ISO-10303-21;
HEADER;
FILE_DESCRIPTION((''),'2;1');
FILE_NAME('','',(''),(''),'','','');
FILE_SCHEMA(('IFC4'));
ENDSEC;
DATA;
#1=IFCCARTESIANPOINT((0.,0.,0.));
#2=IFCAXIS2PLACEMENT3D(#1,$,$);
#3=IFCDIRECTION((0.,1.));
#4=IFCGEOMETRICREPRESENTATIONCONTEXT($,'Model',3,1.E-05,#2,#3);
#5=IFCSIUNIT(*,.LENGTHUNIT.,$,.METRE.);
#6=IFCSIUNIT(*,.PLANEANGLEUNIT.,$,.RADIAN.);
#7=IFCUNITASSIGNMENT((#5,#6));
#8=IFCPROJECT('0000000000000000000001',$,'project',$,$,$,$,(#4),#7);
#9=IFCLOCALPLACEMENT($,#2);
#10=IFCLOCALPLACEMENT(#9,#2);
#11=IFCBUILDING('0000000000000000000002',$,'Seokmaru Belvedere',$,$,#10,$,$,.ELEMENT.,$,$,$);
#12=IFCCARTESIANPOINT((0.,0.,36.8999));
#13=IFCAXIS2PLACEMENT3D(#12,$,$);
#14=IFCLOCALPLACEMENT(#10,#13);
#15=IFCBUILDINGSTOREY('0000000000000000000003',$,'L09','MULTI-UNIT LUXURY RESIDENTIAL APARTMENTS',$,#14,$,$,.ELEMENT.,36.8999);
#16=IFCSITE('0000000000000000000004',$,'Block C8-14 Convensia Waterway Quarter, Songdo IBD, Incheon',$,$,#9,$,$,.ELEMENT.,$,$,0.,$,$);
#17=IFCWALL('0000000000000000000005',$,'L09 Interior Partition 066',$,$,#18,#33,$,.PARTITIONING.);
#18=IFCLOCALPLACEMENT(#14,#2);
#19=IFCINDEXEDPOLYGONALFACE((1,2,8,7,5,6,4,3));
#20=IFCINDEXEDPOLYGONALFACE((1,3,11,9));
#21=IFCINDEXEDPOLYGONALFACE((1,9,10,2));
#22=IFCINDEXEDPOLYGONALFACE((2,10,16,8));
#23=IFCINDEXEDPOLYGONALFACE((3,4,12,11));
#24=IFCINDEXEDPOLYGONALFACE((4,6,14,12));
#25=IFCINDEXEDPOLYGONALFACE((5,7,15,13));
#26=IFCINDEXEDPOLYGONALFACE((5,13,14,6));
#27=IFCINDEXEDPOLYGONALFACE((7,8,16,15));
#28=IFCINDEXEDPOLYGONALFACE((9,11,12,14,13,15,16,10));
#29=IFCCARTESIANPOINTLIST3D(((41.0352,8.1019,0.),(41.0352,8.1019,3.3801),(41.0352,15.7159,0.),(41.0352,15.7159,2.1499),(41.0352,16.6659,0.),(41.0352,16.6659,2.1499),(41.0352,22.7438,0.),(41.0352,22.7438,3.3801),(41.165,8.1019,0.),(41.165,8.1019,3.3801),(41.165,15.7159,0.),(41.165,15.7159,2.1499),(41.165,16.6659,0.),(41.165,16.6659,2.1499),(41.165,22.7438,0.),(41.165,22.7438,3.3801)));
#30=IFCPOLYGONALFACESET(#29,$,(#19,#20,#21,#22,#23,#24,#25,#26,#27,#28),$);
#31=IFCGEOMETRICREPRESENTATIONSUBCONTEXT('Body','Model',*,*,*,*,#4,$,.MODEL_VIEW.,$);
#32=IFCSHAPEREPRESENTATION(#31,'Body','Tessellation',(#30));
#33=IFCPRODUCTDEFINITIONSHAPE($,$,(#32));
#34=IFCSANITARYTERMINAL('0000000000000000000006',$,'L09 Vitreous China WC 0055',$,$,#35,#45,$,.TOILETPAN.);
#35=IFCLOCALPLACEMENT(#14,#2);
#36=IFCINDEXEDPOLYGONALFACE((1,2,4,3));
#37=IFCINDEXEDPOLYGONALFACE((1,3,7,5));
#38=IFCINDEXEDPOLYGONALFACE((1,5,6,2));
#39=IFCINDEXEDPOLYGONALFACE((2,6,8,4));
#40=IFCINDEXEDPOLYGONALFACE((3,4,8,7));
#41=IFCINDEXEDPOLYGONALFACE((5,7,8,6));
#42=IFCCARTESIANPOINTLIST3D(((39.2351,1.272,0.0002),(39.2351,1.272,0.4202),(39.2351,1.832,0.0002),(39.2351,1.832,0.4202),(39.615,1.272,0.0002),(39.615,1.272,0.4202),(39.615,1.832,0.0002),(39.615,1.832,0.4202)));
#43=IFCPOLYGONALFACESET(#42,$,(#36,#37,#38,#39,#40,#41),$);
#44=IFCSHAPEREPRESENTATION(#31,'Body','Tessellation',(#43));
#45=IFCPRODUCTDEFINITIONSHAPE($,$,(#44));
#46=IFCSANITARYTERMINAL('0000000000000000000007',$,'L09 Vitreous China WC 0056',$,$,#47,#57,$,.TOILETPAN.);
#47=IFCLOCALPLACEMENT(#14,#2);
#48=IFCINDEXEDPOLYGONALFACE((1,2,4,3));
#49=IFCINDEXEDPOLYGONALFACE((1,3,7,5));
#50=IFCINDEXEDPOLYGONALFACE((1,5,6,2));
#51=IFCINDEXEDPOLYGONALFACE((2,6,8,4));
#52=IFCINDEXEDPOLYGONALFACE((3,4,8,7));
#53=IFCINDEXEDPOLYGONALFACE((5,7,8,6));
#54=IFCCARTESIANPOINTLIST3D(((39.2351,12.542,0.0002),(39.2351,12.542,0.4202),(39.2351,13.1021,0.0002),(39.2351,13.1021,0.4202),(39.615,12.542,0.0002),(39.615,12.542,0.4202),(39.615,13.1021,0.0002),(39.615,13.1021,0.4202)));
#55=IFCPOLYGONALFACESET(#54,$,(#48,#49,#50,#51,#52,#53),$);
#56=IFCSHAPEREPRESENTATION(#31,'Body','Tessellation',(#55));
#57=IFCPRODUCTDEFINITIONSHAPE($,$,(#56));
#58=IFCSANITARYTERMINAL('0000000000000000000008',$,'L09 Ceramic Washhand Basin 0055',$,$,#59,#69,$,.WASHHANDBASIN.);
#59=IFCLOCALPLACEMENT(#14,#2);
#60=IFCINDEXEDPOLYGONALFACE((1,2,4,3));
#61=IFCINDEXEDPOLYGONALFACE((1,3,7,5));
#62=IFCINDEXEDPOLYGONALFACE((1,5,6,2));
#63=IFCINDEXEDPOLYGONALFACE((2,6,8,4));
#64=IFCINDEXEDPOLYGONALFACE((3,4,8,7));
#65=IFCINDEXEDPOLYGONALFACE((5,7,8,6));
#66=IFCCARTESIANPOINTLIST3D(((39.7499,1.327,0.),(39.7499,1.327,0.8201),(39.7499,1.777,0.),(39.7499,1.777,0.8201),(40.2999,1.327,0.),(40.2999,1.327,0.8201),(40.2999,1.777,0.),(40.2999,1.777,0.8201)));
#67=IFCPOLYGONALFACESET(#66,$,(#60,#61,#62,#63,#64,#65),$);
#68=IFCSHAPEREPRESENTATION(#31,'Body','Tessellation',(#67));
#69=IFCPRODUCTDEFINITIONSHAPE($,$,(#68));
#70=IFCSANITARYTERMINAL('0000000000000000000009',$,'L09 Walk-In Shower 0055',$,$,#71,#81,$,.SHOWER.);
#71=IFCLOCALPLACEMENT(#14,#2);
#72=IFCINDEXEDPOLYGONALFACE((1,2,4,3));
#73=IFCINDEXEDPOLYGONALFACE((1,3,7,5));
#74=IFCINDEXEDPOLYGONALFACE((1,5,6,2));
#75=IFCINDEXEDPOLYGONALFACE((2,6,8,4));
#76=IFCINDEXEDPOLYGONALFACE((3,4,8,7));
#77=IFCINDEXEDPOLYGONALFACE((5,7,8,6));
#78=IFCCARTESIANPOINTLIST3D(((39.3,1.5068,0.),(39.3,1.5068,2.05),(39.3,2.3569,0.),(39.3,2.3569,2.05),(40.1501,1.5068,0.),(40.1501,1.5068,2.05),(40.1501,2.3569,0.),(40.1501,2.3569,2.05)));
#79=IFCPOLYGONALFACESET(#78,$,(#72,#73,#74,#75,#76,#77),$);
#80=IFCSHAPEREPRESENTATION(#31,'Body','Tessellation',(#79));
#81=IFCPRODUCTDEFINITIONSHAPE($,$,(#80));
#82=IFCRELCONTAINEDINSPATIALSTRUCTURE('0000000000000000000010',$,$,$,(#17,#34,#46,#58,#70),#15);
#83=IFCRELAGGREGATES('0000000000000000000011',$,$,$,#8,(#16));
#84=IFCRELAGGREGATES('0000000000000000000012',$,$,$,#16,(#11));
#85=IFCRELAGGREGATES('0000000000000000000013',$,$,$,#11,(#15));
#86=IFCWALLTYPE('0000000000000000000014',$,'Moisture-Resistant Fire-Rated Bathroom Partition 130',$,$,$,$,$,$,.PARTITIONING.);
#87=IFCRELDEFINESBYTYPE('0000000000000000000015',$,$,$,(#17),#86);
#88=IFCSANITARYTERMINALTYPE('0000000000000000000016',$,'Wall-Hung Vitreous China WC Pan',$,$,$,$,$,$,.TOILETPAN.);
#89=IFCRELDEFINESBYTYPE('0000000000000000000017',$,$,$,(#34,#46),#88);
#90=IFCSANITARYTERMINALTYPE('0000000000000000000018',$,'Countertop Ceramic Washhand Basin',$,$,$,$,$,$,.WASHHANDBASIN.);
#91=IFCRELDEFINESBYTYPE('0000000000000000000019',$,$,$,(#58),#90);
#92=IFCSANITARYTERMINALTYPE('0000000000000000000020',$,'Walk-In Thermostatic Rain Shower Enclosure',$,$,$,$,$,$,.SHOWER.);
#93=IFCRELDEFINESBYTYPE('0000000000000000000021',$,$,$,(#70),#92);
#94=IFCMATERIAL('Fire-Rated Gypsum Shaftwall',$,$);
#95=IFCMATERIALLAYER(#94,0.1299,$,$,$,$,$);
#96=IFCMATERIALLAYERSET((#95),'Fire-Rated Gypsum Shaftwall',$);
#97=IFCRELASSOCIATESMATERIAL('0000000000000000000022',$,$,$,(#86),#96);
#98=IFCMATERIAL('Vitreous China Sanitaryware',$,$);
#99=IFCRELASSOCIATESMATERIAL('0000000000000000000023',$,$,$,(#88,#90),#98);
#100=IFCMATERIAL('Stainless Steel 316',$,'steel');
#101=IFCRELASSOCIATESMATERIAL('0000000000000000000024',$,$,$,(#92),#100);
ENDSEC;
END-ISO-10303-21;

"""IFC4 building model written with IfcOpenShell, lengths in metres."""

from ifc_helpers import new_model, si_unit, direction, frame, frame_2d, origin, origin_2d, place, context, subcontext, project, spatial, rectangle, extrude, source, transform, mapped, material, layer, layer_set, type_object, type_shapes, element, save


model = new_model("IFC4")

# Units and contexts
model_context = context("Model", 3, precision=1e-05, world=origin(), true_north=direction((0.0, 1.0)))
body_context = subcontext(model_context, "Body", "Model", "MODEL_VIEW")
ifc_project = project(units=[si_unit("LENGTHUNIT", "METRE"), si_unit("PLANEANGLEUNIT", "RADIAN")], contexts=[model_context])

# Site, building, storey
site_placement = place(None, origin())
site = spatial("IfcSite", under=ifc_project, at=site_placement, Name="Block C8-14 Convensia Waterway Quarter, Songdo IBD, Incheon", CompositionType="ELEMENT", RefElevation=0.0)
building_placement = place(site_placement, origin())
building = spatial("IfcBuilding", under=site, at=building_placement, Name="Seokmaru Belvedere", CompositionType="ELEMENT")
storey_placement = place(building_placement, frame((0.0, 0.0, 36.8999)))
storey = spatial("IfcBuildingStorey", under=building, at=storey_placement, Name="L09", Description="MULTI-UNIT LUXURY RESIDENTIAL APARTMENTS", CompositionType="ELEMENT", Elevation=36.8999)

# Shared definitions
ifc_material_1 = material(Name="Fire-Rated Gypsum Shaftwall")

# Shared definitions
ifc_layer_1 = layer(ifc_material_1, 0.1299)
ifc_layer_set_1 = layer_set([ifc_layer_1], Name="Fire-Rated Gypsum Shaftwall")
wall_type_1 = type_object("IfcWallType", Name="Moisture-Resistant Fire-Rated Bathroom Partition 130", PredefinedType="PARTITIONING", material=ifc_layer_set_1)

# Wall, opening
wall_1_placement = place(storey_placement, frame((41.1001, 8.1021, 0.0), z_axis=(0.0, 0.0, 1.0), x_axis=(0.0, 1.0, 0.0)))
wall_1 = element("IfcWall", 1, at=wall_1_placement, inside=storey, type_object=wall_type_1, Name="L09 Interior Partition 066", PredefinedType="PARTITIONING", context=body_context, shape_type="SweptSolid", body=[
    extrude(rectangle(XDim=14.6418, YDim=0.1299, at=frame_2d((7.3208, 0.0))), origin(), (0.0, 0.0, 1.0), 3.3801),
])
opening_1_placement = place(wall_1_placement, frame((7.6138, 0.0, 0.0)))
element("IfcOpeningElement", 2, at=opening_1_placement, cuts=wall_1, PredefinedType="OPENING", context=body_context, shape_type="SweptSolid", body=[
    extrude(rectangle(XDim=0.95, YDim=2.1499, at=frame_2d((0.4751, 1.075))), frame((0.0, 0.075, 0.0), z_axis=(0.0, -1.0, 0.0), x_axis=(1.0, 0.0, 0.0)), (0.0, 0.0, 1.0), 0.1499),
])

# Sanitary terminals
ifc_material_2 = material(Name="Vitreous China Sanitaryware")
sanitary_terminal_type_1 = type_object("IfcSanitaryTerminalType", Name="Wall-Hung Vitreous China WC Pan", PredefinedType="TOILETPAN", material=ifc_material_2)
shared_shape_1 = source(origin(), body_context, "Body", "SweptSolid", [
    extrude(rectangle(XDim=0.3799, YDim=0.5601, at=origin_2d()), origin(), (0.0, 0.0, 1.0), 0.4199),
])
type_shapes(sanitary_terminal_type_1, [shared_shape_1])
for number, where, z_axis, x_axis, name in (
    (3, (39.425, 1.552, 0.0002), (0.0, 0.0, 1.0), (1.0, 0.0, 0.0), "L09 Vitreous China WC 0055"),
    (4, (39.425, 12.822, 0.0002), (0.0, 0.0, 1.0), (1.0, 0.0, 0.0), "L09 Vitreous China WC 0056"),
):
    element("IfcSanitaryTerminal", number, at=place(storey_placement, frame(where, z_axis=z_axis, x_axis=x_axis)), inside=storey, type_object=sanitary_terminal_type_1, Name=name, PredefinedType="TOILETPAN", context=body_context, shape_type="MappedRepresentation", body=[
        mapped(shared_shape_1, transform((0.0, 0.0, 0.0), scale=1.0)),
    ])
sanitary_terminal_type_2 = type_object("IfcSanitaryTerminalType", Name="Countertop Ceramic Washhand Basin", PredefinedType="WASHHANDBASIN", material=ifc_material_2)
shared_shape_2 = source(origin(), body_context, "Body", "SweptSolid", [
    extrude(rectangle(XDim=0.55, YDim=0.45, at=origin_2d()), origin(), (0.0, 0.0, 1.0), 0.8201),
])
type_shapes(sanitary_terminal_type_2, [shared_shape_2])
sanitary_terminal_1_placement = place(storey_placement, frame((40.0249, 1.552, 0.0), z_axis=(0.0, 0.0, 1.0), x_axis=(1.0, 0.0, 0.0)))
element("IfcSanitaryTerminal", 5, at=sanitary_terminal_1_placement, inside=storey, type_object=sanitary_terminal_type_2, Name="L09 Ceramic Washhand Basin 0055", PredefinedType="WASHHANDBASIN", context=body_context, shape_type="MappedRepresentation", body=[
    mapped(shared_shape_2, transform((0.0, 0.0, 0.0), scale=1.0)),
])
ifc_material_3 = material(Name="Stainless Steel 316", Category="steel")
sanitary_terminal_type_3 = type_object("IfcSanitaryTerminalType", Name="Walk-In Thermostatic Rain Shower Enclosure", PredefinedType="SHOWER", material=ifc_material_3)
shared_shape_3 = source(origin(), body_context, "Body", "SweptSolid", [
    extrude(rectangle(XDim=0.8501, YDim=0.8501, at=origin_2d()), origin(), (0.0, 0.0, 1.0), 2.05),
])
type_shapes(sanitary_terminal_type_3, [shared_shape_3])
sanitary_terminal_2_placement = place(storey_placement, frame((39.7251, 1.9319, 0.0), z_axis=(0.0, 0.0, 1.0), x_axis=(1.0, 0.0, 0.0)))
element("IfcSanitaryTerminal", 6, at=sanitary_terminal_2_placement, inside=storey, type_object=sanitary_terminal_type_3, Name="L09 Walk-In Shower 0055", PredefinedType="SHOWER", context=body_context, shape_type="MappedRepresentation", body=[
    mapped(shared_shape_3, transform((0.0, 0.0, 0.0), scale=1.0)),
])

save(model, "model.ifc")
